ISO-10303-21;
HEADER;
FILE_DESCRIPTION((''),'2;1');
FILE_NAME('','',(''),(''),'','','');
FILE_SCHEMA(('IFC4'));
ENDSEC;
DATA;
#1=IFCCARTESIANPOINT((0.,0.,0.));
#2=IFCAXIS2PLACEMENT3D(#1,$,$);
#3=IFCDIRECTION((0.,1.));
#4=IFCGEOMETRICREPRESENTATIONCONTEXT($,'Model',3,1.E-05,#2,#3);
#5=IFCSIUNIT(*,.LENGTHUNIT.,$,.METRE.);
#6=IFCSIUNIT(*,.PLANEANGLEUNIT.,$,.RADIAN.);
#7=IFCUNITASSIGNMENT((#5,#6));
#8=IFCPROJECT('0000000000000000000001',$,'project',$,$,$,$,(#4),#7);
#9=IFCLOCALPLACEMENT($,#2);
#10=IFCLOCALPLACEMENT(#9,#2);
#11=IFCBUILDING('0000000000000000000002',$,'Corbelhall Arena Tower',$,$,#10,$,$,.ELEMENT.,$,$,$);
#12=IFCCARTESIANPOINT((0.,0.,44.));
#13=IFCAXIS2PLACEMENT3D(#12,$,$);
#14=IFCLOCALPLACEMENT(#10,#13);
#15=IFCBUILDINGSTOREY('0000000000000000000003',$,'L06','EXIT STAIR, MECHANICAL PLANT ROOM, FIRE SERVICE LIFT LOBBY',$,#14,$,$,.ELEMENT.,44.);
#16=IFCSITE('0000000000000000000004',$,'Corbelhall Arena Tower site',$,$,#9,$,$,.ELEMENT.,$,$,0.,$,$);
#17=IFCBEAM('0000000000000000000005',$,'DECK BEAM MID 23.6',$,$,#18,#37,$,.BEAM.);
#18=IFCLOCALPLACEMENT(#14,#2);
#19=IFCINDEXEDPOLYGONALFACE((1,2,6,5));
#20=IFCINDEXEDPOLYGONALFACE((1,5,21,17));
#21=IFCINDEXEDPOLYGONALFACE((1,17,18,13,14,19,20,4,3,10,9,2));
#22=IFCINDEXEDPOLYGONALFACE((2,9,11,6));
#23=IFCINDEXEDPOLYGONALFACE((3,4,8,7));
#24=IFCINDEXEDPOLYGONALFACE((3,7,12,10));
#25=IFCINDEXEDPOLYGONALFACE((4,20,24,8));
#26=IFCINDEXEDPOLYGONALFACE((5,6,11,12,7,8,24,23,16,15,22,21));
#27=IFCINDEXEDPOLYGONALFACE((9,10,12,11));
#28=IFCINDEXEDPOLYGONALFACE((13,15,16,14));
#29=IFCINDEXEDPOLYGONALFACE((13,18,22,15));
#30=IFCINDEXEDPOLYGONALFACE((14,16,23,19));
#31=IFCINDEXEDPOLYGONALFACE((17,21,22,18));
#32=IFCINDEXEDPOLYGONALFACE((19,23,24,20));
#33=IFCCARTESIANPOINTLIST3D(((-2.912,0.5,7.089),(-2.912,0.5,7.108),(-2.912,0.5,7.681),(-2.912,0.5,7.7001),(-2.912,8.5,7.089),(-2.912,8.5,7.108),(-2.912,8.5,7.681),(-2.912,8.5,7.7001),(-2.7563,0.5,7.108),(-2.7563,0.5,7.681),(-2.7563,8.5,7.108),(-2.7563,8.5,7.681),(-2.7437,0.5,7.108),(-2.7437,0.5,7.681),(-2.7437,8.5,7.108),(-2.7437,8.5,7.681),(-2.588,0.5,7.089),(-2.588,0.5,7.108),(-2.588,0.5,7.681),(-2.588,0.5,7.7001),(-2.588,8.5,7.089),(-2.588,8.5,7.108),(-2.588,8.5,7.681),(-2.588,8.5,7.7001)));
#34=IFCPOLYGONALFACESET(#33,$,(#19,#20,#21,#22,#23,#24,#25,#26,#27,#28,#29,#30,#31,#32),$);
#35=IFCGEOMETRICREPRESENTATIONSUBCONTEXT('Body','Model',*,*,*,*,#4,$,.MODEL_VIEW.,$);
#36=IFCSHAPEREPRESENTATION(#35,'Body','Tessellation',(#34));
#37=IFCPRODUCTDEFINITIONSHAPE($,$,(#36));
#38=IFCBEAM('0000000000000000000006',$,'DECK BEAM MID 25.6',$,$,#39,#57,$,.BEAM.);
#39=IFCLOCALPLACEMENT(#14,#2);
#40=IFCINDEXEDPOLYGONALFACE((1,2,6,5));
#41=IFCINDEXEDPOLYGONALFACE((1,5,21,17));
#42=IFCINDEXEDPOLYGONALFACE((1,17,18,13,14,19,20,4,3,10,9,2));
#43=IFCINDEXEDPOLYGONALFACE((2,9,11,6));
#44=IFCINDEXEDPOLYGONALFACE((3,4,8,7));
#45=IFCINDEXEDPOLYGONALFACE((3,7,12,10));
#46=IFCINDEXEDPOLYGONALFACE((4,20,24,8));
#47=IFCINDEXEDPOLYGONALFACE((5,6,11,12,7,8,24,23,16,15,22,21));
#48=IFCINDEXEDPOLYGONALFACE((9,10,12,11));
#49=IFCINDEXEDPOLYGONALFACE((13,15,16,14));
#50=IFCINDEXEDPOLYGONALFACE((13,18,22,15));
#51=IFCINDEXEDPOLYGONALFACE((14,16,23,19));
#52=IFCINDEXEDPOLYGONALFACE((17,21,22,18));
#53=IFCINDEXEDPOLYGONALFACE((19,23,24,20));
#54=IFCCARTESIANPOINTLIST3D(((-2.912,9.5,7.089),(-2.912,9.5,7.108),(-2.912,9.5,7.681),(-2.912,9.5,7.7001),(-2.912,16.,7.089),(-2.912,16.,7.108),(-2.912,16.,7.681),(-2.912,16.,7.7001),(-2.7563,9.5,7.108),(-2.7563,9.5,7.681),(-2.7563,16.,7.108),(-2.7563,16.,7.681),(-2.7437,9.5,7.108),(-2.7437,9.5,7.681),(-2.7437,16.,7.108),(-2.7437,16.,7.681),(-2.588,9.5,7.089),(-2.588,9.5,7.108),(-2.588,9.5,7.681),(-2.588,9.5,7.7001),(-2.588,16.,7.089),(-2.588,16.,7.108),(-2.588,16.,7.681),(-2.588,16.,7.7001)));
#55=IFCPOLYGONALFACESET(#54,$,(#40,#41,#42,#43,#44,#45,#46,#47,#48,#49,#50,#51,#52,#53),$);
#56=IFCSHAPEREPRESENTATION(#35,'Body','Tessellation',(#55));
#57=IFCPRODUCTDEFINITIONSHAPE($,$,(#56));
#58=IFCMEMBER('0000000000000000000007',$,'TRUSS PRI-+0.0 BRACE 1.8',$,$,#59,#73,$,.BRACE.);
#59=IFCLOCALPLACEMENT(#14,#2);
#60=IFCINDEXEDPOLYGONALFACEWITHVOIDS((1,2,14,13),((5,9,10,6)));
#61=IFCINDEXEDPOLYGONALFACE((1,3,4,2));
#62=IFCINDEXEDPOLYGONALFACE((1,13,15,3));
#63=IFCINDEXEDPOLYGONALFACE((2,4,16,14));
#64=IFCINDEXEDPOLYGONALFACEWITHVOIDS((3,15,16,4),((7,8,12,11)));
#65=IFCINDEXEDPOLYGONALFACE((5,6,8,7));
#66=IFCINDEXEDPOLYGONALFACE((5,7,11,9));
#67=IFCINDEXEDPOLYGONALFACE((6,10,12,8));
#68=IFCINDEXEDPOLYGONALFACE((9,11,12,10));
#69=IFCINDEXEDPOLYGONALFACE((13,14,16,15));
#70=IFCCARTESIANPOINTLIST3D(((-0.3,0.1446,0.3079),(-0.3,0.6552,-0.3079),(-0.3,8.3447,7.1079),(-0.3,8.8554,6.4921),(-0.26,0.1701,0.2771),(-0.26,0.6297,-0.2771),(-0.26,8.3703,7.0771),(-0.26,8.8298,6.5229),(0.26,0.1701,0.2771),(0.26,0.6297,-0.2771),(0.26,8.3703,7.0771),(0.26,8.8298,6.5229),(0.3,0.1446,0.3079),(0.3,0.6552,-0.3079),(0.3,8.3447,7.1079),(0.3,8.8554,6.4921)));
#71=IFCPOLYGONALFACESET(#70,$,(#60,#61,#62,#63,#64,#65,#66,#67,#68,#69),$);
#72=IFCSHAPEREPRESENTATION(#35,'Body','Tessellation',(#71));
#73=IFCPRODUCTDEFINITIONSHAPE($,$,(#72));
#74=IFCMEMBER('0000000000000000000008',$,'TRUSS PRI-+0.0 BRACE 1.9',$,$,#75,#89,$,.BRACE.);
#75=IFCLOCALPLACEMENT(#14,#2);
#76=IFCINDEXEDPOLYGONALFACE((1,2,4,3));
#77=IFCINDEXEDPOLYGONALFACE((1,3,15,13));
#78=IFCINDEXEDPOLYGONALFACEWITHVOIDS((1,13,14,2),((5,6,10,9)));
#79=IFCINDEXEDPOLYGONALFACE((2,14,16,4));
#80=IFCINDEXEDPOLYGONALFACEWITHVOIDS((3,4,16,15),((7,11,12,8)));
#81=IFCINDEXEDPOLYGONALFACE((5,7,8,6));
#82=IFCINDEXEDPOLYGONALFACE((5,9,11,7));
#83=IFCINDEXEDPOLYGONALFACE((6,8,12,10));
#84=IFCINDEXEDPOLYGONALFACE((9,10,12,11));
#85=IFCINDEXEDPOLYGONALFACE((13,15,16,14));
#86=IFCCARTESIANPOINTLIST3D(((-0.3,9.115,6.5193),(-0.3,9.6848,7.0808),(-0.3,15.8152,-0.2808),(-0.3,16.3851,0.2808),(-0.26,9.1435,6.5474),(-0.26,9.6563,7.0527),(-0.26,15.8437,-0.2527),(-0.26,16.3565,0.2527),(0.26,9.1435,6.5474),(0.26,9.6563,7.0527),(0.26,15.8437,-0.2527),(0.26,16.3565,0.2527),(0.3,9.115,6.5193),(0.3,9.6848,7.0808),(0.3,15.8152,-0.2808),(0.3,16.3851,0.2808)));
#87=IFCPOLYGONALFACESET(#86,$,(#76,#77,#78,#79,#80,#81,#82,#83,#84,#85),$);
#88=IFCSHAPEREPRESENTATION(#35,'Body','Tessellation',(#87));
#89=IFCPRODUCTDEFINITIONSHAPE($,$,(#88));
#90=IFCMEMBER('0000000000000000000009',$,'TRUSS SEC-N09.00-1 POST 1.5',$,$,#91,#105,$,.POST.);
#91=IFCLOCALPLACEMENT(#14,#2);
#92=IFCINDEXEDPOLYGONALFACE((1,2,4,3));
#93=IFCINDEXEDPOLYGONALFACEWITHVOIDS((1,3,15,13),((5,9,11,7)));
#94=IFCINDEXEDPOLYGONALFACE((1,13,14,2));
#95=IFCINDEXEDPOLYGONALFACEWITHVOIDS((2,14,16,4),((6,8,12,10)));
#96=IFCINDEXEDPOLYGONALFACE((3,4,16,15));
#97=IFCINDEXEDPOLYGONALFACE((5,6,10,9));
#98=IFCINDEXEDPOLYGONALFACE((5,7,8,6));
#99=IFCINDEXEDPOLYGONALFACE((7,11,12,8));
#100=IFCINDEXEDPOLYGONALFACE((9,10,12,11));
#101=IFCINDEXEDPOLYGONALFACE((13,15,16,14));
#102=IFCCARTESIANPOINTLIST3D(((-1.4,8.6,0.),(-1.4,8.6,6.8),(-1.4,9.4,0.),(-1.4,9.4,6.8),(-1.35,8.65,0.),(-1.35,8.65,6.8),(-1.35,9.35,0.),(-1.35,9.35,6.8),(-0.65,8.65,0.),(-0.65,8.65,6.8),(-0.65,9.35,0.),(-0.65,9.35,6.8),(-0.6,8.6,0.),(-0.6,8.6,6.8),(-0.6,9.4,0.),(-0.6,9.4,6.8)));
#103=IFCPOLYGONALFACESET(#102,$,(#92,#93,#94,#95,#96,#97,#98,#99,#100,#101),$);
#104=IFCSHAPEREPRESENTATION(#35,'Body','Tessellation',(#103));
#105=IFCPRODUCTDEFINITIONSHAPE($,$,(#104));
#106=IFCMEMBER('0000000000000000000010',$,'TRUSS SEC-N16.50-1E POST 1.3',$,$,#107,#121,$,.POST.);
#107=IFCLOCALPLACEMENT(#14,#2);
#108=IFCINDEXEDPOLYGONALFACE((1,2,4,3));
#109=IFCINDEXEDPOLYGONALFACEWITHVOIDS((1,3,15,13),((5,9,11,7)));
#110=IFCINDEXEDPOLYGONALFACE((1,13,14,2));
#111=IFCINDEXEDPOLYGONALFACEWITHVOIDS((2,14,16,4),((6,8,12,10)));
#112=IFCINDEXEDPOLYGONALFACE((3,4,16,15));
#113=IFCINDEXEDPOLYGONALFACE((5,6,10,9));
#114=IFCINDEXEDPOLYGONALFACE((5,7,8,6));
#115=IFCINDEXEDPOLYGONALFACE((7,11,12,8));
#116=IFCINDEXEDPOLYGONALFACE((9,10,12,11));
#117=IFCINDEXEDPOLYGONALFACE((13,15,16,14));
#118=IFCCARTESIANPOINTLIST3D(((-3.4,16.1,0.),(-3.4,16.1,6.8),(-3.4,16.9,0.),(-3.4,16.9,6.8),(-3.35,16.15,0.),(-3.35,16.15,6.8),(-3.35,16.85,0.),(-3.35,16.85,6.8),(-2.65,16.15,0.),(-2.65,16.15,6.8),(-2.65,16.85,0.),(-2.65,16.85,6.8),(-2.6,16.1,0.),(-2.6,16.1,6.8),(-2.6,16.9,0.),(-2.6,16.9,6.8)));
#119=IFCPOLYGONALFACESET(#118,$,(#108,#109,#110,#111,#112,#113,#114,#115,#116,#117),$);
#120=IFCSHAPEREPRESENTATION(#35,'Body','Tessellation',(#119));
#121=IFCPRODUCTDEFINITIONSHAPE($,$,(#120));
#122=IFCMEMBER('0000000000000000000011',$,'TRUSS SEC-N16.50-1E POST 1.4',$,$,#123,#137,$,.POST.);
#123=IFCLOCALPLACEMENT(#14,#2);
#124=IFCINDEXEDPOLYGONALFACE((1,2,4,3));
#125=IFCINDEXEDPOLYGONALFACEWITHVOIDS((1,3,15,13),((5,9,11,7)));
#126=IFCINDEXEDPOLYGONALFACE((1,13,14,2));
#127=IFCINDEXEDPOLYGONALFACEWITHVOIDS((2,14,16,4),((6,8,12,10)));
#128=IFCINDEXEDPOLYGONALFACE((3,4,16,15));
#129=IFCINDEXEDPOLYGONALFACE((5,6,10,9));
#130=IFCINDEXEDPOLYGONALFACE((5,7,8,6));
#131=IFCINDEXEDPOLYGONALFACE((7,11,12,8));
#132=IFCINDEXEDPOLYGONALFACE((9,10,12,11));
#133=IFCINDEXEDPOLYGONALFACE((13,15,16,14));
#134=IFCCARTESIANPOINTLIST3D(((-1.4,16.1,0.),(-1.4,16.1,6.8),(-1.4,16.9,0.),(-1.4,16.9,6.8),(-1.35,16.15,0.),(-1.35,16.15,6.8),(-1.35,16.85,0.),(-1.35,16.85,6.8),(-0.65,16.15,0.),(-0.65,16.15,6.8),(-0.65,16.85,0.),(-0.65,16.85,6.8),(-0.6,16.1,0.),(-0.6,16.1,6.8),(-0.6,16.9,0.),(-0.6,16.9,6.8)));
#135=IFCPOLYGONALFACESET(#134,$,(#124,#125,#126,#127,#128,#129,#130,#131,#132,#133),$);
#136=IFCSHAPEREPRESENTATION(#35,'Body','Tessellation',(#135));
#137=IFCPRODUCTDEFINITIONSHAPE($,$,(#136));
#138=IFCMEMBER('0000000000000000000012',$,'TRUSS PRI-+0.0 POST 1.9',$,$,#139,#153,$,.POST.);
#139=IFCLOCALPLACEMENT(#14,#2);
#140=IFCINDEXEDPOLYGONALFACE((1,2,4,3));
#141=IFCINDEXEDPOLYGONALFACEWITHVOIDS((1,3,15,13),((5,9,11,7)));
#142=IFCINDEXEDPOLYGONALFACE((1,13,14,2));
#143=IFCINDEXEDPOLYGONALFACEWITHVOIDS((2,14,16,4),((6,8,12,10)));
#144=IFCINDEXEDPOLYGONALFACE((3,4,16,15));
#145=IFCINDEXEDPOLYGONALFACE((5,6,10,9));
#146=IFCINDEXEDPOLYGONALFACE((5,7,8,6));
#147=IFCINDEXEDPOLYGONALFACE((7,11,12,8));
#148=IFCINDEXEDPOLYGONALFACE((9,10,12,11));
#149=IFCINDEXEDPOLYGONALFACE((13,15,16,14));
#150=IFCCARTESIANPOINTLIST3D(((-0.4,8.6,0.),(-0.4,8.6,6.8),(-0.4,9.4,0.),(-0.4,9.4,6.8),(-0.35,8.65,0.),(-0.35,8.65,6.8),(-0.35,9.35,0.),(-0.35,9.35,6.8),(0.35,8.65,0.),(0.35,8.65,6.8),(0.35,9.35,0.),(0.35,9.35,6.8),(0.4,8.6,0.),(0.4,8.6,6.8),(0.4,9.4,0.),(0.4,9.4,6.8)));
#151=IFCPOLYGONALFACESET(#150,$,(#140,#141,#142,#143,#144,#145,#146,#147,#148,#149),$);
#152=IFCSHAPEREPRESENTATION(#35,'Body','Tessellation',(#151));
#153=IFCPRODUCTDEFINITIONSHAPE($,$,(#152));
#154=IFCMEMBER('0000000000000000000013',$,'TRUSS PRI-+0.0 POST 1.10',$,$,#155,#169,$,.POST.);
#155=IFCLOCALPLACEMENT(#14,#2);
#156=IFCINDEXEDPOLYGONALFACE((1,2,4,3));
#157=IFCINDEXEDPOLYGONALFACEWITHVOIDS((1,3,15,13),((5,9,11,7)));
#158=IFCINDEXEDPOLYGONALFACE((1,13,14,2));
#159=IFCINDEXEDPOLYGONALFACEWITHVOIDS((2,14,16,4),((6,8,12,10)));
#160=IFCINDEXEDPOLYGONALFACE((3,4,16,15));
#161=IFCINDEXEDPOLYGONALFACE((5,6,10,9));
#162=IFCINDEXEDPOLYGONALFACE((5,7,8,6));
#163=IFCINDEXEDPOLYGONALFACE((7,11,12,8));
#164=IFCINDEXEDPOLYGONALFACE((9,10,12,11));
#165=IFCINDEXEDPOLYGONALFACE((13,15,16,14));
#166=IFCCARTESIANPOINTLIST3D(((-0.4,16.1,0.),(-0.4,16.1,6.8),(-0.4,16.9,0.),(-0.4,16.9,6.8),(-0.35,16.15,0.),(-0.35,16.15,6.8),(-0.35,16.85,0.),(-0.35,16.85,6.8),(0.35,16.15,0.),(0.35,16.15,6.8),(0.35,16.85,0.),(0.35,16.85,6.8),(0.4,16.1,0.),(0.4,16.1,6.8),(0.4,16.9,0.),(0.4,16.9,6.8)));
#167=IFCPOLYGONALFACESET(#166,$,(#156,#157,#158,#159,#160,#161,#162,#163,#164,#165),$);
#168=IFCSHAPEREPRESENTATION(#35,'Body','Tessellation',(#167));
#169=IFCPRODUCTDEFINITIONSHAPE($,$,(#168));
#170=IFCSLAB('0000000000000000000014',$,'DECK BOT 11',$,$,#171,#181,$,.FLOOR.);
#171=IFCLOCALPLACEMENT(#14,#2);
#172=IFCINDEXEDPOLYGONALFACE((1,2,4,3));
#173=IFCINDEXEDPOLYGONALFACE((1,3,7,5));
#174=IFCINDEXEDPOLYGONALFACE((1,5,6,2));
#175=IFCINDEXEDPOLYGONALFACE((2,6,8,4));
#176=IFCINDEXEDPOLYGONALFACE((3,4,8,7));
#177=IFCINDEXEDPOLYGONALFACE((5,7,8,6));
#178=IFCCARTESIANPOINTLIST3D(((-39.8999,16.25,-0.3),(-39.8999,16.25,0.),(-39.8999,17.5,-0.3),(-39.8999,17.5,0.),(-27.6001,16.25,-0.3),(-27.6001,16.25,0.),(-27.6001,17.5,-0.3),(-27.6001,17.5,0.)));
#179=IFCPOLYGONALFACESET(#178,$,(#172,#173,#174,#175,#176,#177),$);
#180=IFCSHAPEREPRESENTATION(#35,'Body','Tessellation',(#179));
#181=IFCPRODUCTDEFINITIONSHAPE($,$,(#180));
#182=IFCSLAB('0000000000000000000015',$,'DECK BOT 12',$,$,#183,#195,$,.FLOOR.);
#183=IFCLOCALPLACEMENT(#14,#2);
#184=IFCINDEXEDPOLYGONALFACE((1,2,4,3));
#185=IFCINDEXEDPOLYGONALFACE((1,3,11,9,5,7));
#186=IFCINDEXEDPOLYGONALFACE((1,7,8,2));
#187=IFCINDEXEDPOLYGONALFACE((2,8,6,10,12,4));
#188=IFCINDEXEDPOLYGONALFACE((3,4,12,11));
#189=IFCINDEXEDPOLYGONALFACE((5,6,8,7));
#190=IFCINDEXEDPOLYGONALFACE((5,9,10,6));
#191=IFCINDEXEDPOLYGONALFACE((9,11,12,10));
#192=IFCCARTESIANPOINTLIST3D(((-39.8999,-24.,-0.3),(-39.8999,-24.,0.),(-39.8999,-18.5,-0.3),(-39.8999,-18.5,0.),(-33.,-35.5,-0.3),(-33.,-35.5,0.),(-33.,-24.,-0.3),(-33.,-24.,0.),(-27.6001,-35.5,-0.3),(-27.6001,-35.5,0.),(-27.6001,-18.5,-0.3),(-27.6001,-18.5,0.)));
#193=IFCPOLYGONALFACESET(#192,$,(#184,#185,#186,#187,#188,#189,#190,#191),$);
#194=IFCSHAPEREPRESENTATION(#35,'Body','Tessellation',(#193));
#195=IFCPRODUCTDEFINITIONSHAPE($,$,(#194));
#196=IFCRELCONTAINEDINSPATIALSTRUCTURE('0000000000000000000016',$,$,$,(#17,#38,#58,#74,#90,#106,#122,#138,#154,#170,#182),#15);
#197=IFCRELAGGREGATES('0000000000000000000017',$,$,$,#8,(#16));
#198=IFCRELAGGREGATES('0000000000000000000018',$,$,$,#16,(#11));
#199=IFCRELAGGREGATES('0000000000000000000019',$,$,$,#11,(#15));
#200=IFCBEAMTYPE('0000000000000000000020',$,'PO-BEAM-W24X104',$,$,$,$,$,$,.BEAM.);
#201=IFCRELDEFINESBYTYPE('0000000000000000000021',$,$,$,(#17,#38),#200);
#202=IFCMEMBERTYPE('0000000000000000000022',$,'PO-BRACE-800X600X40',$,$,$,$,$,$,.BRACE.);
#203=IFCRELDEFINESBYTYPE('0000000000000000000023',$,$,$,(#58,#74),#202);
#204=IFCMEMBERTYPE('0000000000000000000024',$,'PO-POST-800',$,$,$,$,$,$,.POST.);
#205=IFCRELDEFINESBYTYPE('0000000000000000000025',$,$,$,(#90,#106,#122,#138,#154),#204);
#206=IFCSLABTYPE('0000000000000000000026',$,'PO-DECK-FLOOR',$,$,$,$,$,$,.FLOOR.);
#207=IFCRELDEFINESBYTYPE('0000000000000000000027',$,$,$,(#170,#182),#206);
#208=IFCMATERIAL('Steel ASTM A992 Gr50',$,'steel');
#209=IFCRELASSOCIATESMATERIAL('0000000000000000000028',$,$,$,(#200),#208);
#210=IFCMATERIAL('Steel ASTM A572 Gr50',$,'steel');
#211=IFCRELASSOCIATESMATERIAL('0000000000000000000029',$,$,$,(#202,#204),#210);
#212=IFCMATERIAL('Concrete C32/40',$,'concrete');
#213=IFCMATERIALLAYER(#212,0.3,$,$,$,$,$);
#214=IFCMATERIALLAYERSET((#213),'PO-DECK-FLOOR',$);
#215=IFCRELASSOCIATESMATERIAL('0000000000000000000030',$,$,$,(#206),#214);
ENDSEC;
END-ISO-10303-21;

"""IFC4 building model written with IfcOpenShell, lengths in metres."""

from ifc_helpers import new_model, si_unit, direction, frame, origin, origin_2d, place, context, subcontext, project, spatial, polyline, hollow_rectangle, i_section, outline, extrude, material, layer, layer_set, material_profile, profile_set, type_object, element, save


model = new_model("IFC4")

# Units and contexts
model_context = context("Model", 3, precision=1e-05, world=origin(), true_north=direction((0.0, 1.0)))
body_context = subcontext(model_context, "Body", "Model", "MODEL_VIEW")
ifc_project = project(units=[si_unit("LENGTHUNIT", "METRE"), si_unit("PLANEANGLEUNIT", "RADIAN")], contexts=[model_context])

# Site, building, storey
site_placement = place(None, origin())
site = spatial("IfcSite", under=ifc_project, at=site_placement, Name="Corbelhall Arena Tower site", CompositionType="ELEMENT", RefElevation=0.0)
building_placement = place(site_placement, origin())
building = spatial("IfcBuilding", under=site, at=building_placement, Name="Corbelhall Arena Tower", CompositionType="ELEMENT")
storey_placement = place(building_placement, frame((0.0, 0.0, 44.0)))
storey = spatial("IfcBuildingStorey", under=building, at=storey_placement, Name="L06", Description="EXIT STAIR, MECHANICAL PLANT ROOM, FIRE SERVICE LIFT LOBBY", CompositionType="ELEMENT", Elevation=44.0)

# Beams
ifc_material_1 = material(Name="Steel ASTM A992 Gr50", Category="steel")
ifc_material_profile_1 = material_profile(ifc_material_1, i_section(OverallWidth=0.324, OverallDepth=0.6111, WebThickness=0.0127, FlangeThickness=0.019, at=origin_2d()))
ifc_profile_set_1 = profile_set([ifc_material_profile_1], Name="Steel ASTM A992 Gr50")
beam_type = type_object("IfcBeamType", Name="PO-BEAM-W24X104", PredefinedType="BEAM", material=ifc_profile_set_1)
beam_1_placement = place(storey_placement, frame((-2.75, 0.5, 7.3945), z_axis=(0.0, 1.0, 0.0), x_axis=(-1.0, 0.0, 0.0)))
element("IfcBeam", 1, at=beam_1_placement, inside=storey, type_object=beam_type, Name="DECK BEAM MID 23.6", PredefinedType="BEAM", context=body_context, shape_type="SweptSolid", body=[
    extrude(i_section(OverallWidth=0.324, OverallDepth=0.6111, WebThickness=0.0127, FlangeThickness=0.019, at=origin_2d()), origin(), (0.0, 0.0, 1.0), 8.0),
])
beam_2_placement = place(storey_placement, frame((-2.75, 9.5, 7.3945), z_axis=(0.0, 1.0, 0.0), x_axis=(-1.0, 0.0, 0.0)))
element("IfcBeam", 2, at=beam_2_placement, inside=storey, type_object=beam_type, Name="DECK BEAM MID 25.6", PredefinedType="BEAM", context=body_context, shape_type="SweptSolid", body=[
    extrude(i_section(OverallWidth=0.324, OverallDepth=0.6111, WebThickness=0.0127, FlangeThickness=0.019, at=origin_2d()), origin(), (0.0, 0.0, 1.0), 6.5),
])

# Members
ifc_material_2 = material(Name="Steel ASTM A572 Gr50", Category="steel")
ifc_material_profile_2 = material_profile(ifc_material_2, hollow_rectangle(XDim=0.6001, YDim=0.8, WallThickness=0.04, at=origin_2d()))
ifc_profile_set_2 = profile_set([ifc_material_profile_2], Name="Steel ASTM A572 Gr50")
member_type_1 = type_object("IfcMemberType", Name="PO-BRACE-800X600X40", PredefinedType="BRACE", material=ifc_profile_set_2)
member_1_placement = place(storey_placement, frame((0.0, 0.3999, 0.0), z_axis=(0.0, 0.769763, 0.63833), x_axis=(-1.0, 0.0, 0.0)))
element("IfcMember", 3, at=member_1_placement, inside=storey, type_object=member_type_1, Name="TRUSS PRI-+0.0 BRACE 1.8", PredefinedType="BRACE", context=body_context, shape_type="SweptSolid", body=[
    extrude(hollow_rectangle(XDim=0.6001, YDim=0.8, WallThickness=0.04, at=origin_2d()), origin(), (0.0, 0.0, 1.0), 10.6528),
])
member_2_placement = place(storey_placement, frame((0.0, 9.3999, 6.8), z_axis=(0.0, 0.701858, -0.712317), x_axis=(-1.0, 0.0, 0.0)))
element("IfcMember", 4, at=member_2_placement, inside=storey, type_object=member_type_1, Name="TRUSS PRI-+0.0 BRACE 1.9", PredefinedType="BRACE", context=body_context, shape_type="SweptSolid", body=[
    extrude(hollow_rectangle(XDim=0.6001, YDim=0.8, WallThickness=0.04, at=origin_2d()), origin(), (0.0, 0.0, 1.0), 9.5464),
])
ifc_material_profile_3 = material_profile(ifc_material_2, hollow_rectangle(XDim=0.8, YDim=0.8, WallThickness=0.05, at=origin_2d()))
ifc_profile_set_3 = profile_set([ifc_material_profile_3], Name="Steel ASTM A572 Gr50")
member_type_2 = type_object("IfcMemberType", Name="PO-POST-800", PredefinedType="POST", material=ifc_profile_set_3)
for number, where, z_axis, x_axis, name in (
    (5, (-1.0, 9.0, 0.0), (0.0, 0.0, 1.0), (1.0, 0.0, 0.0), "TRUSS SEC-N09.00-1 POST 1.5"),
    (6, (-3.0, 16.5, 0.0), (0.0, 0.0, 1.0), (1.0, 0.0, 0.0), "TRUSS SEC-N16.50-1E POST 1.3"),
    (7, (-1.0, 16.5, 0.0), (0.0, 0.0, 1.0), (1.0, 0.0, 0.0), "TRUSS SEC-N16.50-1E POST 1.4"),
    (8, (0.0, 9.0, 0.0), (0.0, 0.0, 1.0), (1.0, 0.0, 0.0), "TRUSS PRI-+0.0 POST 1.9"),
    (9, (0.0, 16.5, 0.0), (0.0, 0.0, 1.0), (1.0, 0.0, 0.0), "TRUSS PRI-+0.0 POST 1.10"),
):
    element("IfcMember", number, at=place(storey_placement, frame(where, z_axis=z_axis, x_axis=x_axis)), inside=storey, type_object=member_type_2, Name=name, PredefinedType="POST", context=body_context, shape_type="SweptSolid", body=[
        extrude(hollow_rectangle(XDim=0.8, YDim=0.8, WallThickness=0.05, at=origin_2d()), origin(), (0.0, 0.0, 1.0), 6.8),
    ])

# Slabs
ifc_material_3 = material(Name="Concrete C32/40", Category="concrete")
ifc_layer = layer(ifc_material_3, 0.3)
ifc_layer_set = layer_set([ifc_layer], Name="PO-DECK-FLOOR")
slab_type = type_object("IfcSlabType", Name="PO-DECK-FLOOR", PredefinedType="FLOOR", material=ifc_layer_set)
slab_1_placement = place(storey_placement, frame((0.0, 0.0, -0.3)))
element("IfcSlab", 10, at=slab_1_placement, inside=storey, type_object=slab_type, Name="DECK BOT 11", PredefinedType="FLOOR", context=body_context, shape_type="SweptSolid", body=[
    extrude(outline(polyline([(-39.8999, 16.25), (-39.8999, 17.5), (-27.6001, 17.5), (-27.6001, 16.25), (-39.8999, 16.25)])), origin(), (0.0, 0.0, 1.0), 0.3),
])
slab_2_placement = place(storey_placement, frame((0.0, 0.0, -0.3)))
element("IfcSlab", 11, at=slab_2_placement, inside=storey, type_object=slab_type, Name="DECK BOT 12", PredefinedType="FLOOR", context=body_context, shape_type="SweptSolid", body=[
    extrude(outline(polyline([(-27.6001, -18.5), (-27.6001, -35.5), (-33.0, -35.5), (-33.0, -24.0), (-39.8999, -24.0), (-39.8999, -18.5), (-27.6001, -18.5)])), origin(), (0.0, 0.0, 1.0), 0.3),
])

save(model, "model.ifc")
